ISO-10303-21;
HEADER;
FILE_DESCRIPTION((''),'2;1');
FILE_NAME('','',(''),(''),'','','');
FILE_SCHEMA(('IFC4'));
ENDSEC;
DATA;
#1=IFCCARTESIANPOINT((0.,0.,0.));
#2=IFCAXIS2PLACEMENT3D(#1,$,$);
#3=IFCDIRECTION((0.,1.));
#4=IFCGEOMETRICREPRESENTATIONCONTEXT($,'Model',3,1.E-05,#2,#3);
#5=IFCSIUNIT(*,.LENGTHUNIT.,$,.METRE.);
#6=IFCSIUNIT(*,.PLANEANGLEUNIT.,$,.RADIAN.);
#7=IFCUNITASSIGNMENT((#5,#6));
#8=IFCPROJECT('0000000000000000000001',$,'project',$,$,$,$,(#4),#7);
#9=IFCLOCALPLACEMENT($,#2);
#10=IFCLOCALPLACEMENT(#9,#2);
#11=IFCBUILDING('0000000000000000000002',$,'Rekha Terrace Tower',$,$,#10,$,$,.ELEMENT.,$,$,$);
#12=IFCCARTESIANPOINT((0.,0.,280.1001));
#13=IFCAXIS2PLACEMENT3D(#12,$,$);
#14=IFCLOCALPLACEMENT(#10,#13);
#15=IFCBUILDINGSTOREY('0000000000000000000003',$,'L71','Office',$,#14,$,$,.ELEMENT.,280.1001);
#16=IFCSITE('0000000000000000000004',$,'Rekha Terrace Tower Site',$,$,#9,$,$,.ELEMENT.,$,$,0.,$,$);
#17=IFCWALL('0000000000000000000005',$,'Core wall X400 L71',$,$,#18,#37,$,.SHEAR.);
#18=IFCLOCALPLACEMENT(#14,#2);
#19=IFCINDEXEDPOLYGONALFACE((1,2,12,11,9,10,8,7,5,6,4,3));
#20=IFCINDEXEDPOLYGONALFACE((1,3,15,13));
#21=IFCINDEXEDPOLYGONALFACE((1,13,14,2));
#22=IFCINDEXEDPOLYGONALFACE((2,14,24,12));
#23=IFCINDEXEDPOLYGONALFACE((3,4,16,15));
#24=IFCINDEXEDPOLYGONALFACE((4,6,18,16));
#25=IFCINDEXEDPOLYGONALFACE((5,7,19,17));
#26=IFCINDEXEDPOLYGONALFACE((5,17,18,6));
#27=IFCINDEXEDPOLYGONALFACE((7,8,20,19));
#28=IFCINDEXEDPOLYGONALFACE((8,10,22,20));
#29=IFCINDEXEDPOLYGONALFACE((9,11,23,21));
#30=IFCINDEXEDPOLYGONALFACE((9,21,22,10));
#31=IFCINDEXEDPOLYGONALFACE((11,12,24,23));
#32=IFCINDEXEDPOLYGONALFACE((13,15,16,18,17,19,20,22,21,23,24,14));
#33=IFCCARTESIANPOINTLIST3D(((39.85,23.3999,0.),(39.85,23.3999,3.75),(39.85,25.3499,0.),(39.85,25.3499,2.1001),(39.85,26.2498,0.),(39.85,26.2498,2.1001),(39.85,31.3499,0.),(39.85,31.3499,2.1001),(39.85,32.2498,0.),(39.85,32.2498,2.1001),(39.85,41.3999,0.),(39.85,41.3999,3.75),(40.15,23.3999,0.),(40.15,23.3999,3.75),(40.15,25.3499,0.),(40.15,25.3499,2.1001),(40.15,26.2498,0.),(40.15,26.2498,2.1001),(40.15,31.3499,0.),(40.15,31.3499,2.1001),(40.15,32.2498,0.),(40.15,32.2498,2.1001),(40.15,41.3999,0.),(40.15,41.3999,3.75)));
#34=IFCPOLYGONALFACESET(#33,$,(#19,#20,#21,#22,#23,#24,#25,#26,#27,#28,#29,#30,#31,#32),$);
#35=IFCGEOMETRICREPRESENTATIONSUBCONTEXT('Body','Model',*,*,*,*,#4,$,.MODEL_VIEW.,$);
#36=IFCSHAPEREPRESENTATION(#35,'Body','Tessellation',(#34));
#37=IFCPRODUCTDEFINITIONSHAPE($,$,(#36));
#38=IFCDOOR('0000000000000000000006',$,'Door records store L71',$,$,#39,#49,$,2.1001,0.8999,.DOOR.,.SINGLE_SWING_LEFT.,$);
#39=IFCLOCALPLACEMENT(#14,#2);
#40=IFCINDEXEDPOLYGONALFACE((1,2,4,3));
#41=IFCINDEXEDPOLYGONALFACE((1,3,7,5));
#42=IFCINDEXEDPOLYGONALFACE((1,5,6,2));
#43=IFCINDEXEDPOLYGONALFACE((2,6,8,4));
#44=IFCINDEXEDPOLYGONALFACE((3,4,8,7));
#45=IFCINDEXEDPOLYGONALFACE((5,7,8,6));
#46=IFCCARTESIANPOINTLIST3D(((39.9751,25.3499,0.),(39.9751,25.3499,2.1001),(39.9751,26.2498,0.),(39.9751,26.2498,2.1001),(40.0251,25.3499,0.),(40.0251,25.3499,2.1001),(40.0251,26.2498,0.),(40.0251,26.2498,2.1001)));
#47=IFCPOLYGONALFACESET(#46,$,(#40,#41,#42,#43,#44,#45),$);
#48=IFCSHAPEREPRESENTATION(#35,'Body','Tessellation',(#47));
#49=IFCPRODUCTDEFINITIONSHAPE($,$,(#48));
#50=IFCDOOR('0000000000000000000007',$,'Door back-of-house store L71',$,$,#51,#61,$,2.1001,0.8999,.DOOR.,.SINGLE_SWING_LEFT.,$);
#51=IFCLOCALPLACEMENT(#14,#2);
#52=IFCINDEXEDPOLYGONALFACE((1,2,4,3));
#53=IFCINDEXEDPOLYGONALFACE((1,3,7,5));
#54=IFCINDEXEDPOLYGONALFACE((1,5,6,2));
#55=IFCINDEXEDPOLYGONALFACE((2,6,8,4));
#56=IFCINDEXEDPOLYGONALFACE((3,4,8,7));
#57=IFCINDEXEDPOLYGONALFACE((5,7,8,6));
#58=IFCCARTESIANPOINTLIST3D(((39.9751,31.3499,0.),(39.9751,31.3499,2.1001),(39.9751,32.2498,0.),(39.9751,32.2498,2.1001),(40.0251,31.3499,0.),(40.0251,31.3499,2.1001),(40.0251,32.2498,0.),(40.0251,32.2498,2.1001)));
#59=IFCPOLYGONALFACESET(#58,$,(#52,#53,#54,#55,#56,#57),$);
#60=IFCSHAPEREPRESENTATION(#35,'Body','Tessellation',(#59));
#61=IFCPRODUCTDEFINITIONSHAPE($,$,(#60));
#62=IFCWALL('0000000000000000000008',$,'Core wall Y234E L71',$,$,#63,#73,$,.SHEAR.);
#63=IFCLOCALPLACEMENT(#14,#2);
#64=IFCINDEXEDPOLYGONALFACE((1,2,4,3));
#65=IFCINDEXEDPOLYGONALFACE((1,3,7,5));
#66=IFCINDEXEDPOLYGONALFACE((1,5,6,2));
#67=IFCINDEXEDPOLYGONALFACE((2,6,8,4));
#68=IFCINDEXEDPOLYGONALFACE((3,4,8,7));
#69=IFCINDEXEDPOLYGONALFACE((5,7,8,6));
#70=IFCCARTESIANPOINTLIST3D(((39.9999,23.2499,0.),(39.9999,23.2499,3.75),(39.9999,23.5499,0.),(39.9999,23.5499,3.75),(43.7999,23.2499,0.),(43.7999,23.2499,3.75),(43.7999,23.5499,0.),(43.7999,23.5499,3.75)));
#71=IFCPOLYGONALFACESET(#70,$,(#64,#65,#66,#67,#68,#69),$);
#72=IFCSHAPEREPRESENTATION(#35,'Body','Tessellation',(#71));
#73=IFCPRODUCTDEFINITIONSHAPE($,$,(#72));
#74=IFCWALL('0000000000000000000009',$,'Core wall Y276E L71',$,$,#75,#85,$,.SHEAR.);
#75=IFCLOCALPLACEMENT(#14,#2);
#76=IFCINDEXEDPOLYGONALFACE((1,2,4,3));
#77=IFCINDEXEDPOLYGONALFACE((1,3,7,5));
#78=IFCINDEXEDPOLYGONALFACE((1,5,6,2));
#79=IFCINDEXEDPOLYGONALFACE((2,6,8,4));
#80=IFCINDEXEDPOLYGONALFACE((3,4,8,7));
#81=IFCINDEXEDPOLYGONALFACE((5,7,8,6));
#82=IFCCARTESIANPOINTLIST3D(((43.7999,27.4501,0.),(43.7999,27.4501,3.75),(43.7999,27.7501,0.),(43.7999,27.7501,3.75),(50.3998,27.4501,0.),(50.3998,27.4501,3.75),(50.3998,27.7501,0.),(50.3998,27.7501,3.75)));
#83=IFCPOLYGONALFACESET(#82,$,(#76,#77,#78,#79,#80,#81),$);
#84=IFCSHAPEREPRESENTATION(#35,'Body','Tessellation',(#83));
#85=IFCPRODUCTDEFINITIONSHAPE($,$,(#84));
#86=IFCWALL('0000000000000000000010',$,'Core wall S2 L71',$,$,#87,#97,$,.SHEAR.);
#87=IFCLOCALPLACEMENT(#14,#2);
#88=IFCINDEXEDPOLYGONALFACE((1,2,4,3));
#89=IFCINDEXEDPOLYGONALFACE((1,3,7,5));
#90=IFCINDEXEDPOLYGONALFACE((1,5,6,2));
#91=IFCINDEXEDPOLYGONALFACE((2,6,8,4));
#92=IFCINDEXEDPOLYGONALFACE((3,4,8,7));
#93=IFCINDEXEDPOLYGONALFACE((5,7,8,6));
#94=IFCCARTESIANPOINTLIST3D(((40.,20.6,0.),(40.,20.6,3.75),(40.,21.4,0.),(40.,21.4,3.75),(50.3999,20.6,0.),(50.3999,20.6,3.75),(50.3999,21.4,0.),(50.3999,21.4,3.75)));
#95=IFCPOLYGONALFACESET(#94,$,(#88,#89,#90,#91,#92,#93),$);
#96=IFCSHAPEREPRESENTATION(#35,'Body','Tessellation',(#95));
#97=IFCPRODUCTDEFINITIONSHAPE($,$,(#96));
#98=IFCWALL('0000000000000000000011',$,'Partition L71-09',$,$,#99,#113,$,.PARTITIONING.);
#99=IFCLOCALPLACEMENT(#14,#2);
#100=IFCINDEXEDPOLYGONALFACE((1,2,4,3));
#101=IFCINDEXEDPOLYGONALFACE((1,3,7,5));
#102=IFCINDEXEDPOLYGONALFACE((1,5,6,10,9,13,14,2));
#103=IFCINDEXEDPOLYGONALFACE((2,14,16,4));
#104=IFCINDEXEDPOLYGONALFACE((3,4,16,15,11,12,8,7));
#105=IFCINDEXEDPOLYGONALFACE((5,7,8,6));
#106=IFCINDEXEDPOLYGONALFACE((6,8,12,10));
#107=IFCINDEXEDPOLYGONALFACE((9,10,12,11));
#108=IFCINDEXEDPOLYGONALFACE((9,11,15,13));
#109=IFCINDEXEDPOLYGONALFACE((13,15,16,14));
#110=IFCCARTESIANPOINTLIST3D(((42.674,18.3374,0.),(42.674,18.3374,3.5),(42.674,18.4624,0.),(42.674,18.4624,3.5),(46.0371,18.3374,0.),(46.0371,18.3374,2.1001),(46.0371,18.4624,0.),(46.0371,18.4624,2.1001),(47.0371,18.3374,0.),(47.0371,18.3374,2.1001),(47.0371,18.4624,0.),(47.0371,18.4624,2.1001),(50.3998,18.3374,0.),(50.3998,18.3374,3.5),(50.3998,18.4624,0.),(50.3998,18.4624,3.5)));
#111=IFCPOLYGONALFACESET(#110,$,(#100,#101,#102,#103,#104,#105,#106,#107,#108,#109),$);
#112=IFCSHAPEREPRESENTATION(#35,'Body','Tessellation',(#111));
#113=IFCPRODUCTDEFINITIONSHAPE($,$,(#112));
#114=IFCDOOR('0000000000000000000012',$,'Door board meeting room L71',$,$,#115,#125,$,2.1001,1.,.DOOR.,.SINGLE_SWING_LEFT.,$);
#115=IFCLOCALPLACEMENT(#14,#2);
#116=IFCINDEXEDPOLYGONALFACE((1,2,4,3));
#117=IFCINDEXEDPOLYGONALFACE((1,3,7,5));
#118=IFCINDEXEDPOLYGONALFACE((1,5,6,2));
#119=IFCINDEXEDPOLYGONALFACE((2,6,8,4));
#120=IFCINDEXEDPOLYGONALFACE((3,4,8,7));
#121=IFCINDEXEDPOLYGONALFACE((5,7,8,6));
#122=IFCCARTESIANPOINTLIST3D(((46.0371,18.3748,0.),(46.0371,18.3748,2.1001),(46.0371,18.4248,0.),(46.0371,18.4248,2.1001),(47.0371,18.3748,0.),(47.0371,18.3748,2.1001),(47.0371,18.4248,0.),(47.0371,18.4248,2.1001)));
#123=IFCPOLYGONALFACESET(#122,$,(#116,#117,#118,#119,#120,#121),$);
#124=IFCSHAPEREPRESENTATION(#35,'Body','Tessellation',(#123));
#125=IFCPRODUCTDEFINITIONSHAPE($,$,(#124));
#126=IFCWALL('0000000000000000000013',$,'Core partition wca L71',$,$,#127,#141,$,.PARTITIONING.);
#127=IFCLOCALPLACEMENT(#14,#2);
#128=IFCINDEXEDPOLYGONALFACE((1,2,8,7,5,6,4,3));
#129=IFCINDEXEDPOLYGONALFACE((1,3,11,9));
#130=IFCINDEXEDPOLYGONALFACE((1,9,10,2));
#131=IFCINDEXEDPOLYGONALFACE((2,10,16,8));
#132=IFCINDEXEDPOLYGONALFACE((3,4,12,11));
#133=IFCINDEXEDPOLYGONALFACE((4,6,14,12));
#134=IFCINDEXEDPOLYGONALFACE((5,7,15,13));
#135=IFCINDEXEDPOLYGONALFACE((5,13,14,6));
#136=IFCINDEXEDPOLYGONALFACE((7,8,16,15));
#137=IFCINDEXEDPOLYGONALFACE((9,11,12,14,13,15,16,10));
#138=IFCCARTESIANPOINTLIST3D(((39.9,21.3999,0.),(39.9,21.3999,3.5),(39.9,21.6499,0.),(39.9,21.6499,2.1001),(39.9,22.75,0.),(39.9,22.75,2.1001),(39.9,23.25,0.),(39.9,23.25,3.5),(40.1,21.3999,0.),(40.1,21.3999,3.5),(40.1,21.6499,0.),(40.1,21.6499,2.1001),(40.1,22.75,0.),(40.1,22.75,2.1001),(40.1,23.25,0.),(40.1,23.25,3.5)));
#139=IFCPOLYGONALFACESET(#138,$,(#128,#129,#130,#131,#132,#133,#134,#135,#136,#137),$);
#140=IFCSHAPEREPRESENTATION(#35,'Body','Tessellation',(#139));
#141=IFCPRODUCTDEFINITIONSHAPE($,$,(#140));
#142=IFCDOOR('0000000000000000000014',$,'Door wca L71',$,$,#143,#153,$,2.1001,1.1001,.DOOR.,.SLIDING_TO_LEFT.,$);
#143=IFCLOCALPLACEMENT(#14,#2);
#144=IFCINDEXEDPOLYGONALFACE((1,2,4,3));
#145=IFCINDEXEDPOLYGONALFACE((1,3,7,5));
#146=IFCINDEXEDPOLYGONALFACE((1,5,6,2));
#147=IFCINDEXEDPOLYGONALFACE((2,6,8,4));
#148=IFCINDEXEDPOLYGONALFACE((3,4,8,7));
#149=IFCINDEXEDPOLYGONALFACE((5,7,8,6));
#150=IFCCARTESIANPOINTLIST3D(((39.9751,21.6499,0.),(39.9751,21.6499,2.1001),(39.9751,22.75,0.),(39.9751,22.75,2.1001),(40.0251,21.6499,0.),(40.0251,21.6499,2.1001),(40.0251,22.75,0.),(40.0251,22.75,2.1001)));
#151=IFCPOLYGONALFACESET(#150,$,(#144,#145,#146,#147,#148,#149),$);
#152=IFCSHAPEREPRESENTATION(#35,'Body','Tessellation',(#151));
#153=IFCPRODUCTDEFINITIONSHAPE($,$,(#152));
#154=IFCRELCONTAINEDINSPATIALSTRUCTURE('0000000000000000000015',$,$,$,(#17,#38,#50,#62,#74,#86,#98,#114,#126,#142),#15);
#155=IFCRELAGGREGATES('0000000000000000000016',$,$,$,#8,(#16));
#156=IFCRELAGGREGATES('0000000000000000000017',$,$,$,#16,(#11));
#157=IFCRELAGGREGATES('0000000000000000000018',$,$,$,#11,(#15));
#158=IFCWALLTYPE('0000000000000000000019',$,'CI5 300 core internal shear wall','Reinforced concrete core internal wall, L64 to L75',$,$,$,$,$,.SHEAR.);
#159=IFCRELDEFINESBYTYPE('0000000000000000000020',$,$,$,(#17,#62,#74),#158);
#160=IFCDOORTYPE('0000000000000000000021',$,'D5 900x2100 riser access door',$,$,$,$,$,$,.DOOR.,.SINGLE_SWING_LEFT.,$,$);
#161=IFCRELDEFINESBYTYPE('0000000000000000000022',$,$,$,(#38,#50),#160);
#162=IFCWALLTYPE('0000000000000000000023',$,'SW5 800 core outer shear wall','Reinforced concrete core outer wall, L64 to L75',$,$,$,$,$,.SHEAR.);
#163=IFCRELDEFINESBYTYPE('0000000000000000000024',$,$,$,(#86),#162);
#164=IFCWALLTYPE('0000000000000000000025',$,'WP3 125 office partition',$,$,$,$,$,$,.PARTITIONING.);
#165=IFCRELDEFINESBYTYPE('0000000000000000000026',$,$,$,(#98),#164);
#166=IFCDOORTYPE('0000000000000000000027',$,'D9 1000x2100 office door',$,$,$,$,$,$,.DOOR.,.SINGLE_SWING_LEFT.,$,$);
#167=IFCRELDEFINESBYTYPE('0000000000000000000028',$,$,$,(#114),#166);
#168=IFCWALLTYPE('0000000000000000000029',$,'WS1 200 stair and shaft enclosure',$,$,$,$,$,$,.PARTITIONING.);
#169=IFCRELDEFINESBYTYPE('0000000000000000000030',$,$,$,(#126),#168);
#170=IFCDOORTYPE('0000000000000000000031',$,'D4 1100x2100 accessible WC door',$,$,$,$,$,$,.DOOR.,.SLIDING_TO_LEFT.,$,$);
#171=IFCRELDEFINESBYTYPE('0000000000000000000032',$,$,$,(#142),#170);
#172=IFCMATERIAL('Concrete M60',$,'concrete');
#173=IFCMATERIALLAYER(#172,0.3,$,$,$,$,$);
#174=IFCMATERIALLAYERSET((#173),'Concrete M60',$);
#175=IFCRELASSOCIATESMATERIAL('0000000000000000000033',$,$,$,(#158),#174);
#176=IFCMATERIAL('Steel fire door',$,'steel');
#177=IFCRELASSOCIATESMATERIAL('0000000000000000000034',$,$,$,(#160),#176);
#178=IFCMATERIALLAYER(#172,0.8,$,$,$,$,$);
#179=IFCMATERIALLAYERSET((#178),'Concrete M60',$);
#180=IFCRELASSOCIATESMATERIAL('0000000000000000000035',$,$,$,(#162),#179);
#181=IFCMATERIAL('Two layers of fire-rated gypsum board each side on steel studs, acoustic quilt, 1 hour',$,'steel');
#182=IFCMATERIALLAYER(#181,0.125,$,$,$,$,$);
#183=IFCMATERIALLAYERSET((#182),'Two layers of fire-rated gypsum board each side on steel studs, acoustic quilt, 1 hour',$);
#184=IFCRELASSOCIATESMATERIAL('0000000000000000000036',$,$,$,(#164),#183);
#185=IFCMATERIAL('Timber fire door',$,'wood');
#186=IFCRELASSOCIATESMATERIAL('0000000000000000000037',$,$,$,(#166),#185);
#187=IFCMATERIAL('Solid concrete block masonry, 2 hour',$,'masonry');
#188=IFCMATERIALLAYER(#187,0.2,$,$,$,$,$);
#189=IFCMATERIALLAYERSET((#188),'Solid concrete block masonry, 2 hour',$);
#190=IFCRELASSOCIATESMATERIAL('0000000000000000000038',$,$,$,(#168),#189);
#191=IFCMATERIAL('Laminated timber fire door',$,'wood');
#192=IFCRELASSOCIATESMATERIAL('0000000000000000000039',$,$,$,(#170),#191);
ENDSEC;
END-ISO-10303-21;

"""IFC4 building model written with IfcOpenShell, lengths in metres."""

from ifc_helpers import new_model, si_unit, direction, frame, frame_2d, origin, place, context, subcontext, project, spatial, rectangle, extrude, material, layer, layer_set, type_object, element, fill, save


model = new_model("IFC4")

# Units and contexts
model_context = context("Model", 3, precision=1e-05, world=origin(), true_north=direction((0.0, 1.0)))
body_context = subcontext(model_context, "Body", "Model", "MODEL_VIEW")
ifc_project = project(units=[si_unit("LENGTHUNIT", "METRE"), si_unit("PLANEANGLEUNIT", "RADIAN")], contexts=[model_context])

# Site, building, storey
site_placement = place(None, origin())
site = spatial("IfcSite", under=ifc_project, at=site_placement, Name="Rekha Terrace Tower Site", CompositionType="ELEMENT", RefElevation=0.0)
building_placement = place(site_placement, origin())
building = spatial("IfcBuilding", under=site, at=building_placement, Name="Rekha Terrace Tower", CompositionType="ELEMENT")
storey_placement = place(building_placement, frame((0.0, 0.0, 280.1001)))
storey = spatial("IfcBuildingStorey", under=building, at=storey_placement, Name="L71", Description="Office", CompositionType="ELEMENT", Elevation=280.1001)

# Shared definitions
ifc_material_1 = material(Name="Concrete M60", Category="concrete")

# Shared definitions
ifc_layer_1 = layer(ifc_material_1, 0.3)
ifc_layer_set_1 = layer_set([ifc_layer_1], Name="Concrete M60")
wall_type_1 = type_object("IfcWallType", Name="CI5 300 core internal shear wall", Description="Reinforced concrete core internal wall, L64 to L75", PredefinedType="SHEAR", material=ifc_layer_set_1)

# Wall, openings, doors
wall_1_placement = place(storey_placement, frame((40.0, 23.3999, 0.0), z_axis=(0.0, 0.0, 1.0), x_axis=(0.0, 1.0, 0.0)))
wall_1 = element("IfcWall", 1, at=wall_1_placement, inside=storey, type_object=wall_type_1, Name="Core wall X400 L71", PredefinedType="SHEAR", context=body_context, shape_type="SweptSolid", body=[
    extrude(rectangle(XDim=18.0, YDim=0.3, at=frame_2d((9.0, 0.0))), origin(), (0.0, 0.0, 1.0), 3.75),
])
opening_1_placement = place(wall_1_placement, frame((1.95, 0.0, 0.0)))
opening_1 = element("IfcOpeningElement", 2, at=opening_1_placement, cuts=wall_1, PredefinedType="OPENING", context=body_context, shape_type="SweptSolid", body=[
    extrude(rectangle(XDim=0.8999, YDim=2.1001, at=frame_2d((0.45, 1.05))), frame((0.0, 0.1599, 0.0), z_axis=(0.0, -1.0, 0.0), x_axis=(1.0, 0.0, 0.0)), (0.0, 0.0, 1.0), 0.3201),
])
opening_2_placement = place(wall_1_placement, frame((7.95, 0.0, 0.0)))
opening_2 = element("IfcOpeningElement", 3, at=opening_2_placement, cuts=wall_1, PredefinedType="OPENING", context=body_context, shape_type="SweptSolid", body=[
    extrude(rectangle(XDim=0.8999, YDim=2.1001, at=frame_2d((0.45, 1.05))), frame((0.0, 0.1599, 0.0), z_axis=(0.0, -1.0, 0.0), x_axis=(1.0, 0.0, 0.0)), (0.0, 0.0, 1.0), 0.3201),
])
ifc_material_2 = material(Name="Steel fire door", Category="steel")
door_type_1 = type_object("IfcDoorType", Name="D5 900x2100 riser access door", OperationType="SINGLE_SWING_LEFT", PredefinedType="DOOR", material=ifc_material_2)
door_1_placement = place(opening_1_placement, origin())
door_1 = element("IfcDoor", 4, at=door_1_placement, inside=storey, type_object=door_type_1, Name="Door records store L71", OperationType="SINGLE_SWING_LEFT", OverallHeight=2.1001, OverallWidth=0.8999, PredefinedType="DOOR", context=body_context, shape_type="SweptSolid", body=[
    extrude(rectangle(XDim=0.8999, YDim=2.1001, at=frame_2d((0.45, 1.05))), frame((0.0, 0.0249, 0.0), z_axis=(0.0, -1.0, 0.0), x_axis=(1.0, 0.0, 0.0)), (0.0, 0.0, 1.0), 0.05),
])
fill(opening_1, door_1)
door_2_placement = place(opening_2_placement, origin())
door_2 = element("IfcDoor", 5, at=door_2_placement, inside=storey, type_object=door_type_1, Name="Door back-of-house store L71", OperationType="SINGLE_SWING_LEFT", OverallHeight=2.1001, OverallWidth=0.8999, PredefinedType="DOOR", context=body_context, shape_type="SweptSolid", body=[
    extrude(rectangle(XDim=0.8999, YDim=2.1001, at=frame_2d((0.45, 1.05))), frame((0.0, 0.0249, 0.0), z_axis=(0.0, -1.0, 0.0), x_axis=(1.0, 0.0, 0.0)), (0.0, 0.0, 1.0), 0.05),
])
fill(opening_2, door_2)

# Walls
wall_2_placement = place(storey_placement, frame((40.0, 23.3999, 0.0), z_axis=(0.0, 0.0, 1.0), x_axis=(1.0, 0.0, 0.0)))
element("IfcWall", 6, at=wall_2_placement, inside=storey, type_object=wall_type_1, Name="Core wall Y234E L71", PredefinedType="SHEAR", context=body_context, shape_type="SweptSolid", body=[
    extrude(rectangle(XDim=3.8, YDim=0.3, at=frame_2d((1.8999, 0.0))), origin(), (0.0, 0.0, 1.0), 3.75),
])
wall_3_placement = place(storey_placement, frame((43.8, 27.6001, 0.0), z_axis=(0.0, 0.0, 1.0), x_axis=(1.0, 0.0, 0.0)))
element("IfcWall", 7, at=wall_3_placement, inside=storey, type_object=wall_type_1, Name="Core wall Y276E L71", PredefinedType="SHEAR", context=body_context, shape_type="SweptSolid", body=[
    extrude(rectangle(XDim=6.5999, YDim=0.3, at=frame_2d((3.2998, 0.0))), origin(), (0.0, 0.0, 1.0), 3.75),
])
ifc_layer_2 = layer(ifc_material_1, 0.8)
ifc_layer_set_2 = layer_set([ifc_layer_2], Name="Concrete M60")
wall_type_2 = type_object("IfcWallType", Name="SW5 800 core outer shear wall", Description="Reinforced concrete core outer wall, L64 to L75", PredefinedType="SHEAR", material=ifc_layer_set_2)
wall_4_placement = place(storey_placement, frame((40.0, 21.0, 0.0), z_axis=(0.0, 0.0, 1.0), x_axis=(1.0, 0.0, 0.0)))
element("IfcWall", 8, at=wall_4_placement, inside=storey, type_object=wall_type_2, Name="Core wall S2 L71", PredefinedType="SHEAR", context=body_context, shape_type="SweptSolid", body=[
    extrude(rectangle(XDim=10.3999, YDim=0.8, at=frame_2d((5.2, 0.0))), origin(), (0.0, 0.0, 1.0), 3.75),
])

# Walls, openings, doors
ifc_material_3 = material(Name="Two layers of fire-rated gypsum board each side on steel studs, acoustic quilt, 1 hour", Category="steel")
ifc_layer_3 = layer(ifc_material_3, 0.125)
ifc_layer_set_3 = layer_set([ifc_layer_3], Name="Two layers of fire-rated gypsum board each side on steel studs, acoustic quilt, 1 hour")
wall_type_3 = type_object("IfcWallType", Name="WP3 125 office partition", PredefinedType="PARTITIONING", material=ifc_layer_set_3)
wall_5_placement = place(storey_placement, frame((42.6741, 18.3999, 0.0), z_axis=(0.0, 0.0, 1.0), x_axis=(1.0, 0.0, 0.0)))
wall_5 = element("IfcWall", 9, at=wall_5_placement, inside=storey, type_object=wall_type_3, Name="Partition L71-09", PredefinedType="PARTITIONING", context=body_context, shape_type="SweptSolid", body=[
    extrude(rectangle(XDim=7.7258, YDim=0.125, at=frame_2d((3.8628, 0.0))), origin(), (0.0, 0.0, 1.0), 3.5),
])
opening_3_placement = place(wall_5_placement, frame((3.363, 0.0, 0.0)))
opening_3 = element("IfcOpeningElement", 10, at=opening_3_placement, cuts=wall_5, PredefinedType="OPENING", context=body_context, shape_type="SweptSolid", body=[
    extrude(rectangle(XDim=1.0, YDim=2.1001, at=frame_2d((0.5, 1.05))), frame((0.0, 0.0725, 0.0), z_axis=(0.0, -1.0, 0.0), x_axis=(1.0, 0.0, 0.0)), (0.0, 0.0, 1.0), 0.145),
])
ifc_material_4 = material(Name="Timber fire door", Category="wood")
door_type_2 = type_object("IfcDoorType", Name="D9 1000x2100 office door", OperationType="SINGLE_SWING_LEFT", PredefinedType="DOOR", material=ifc_material_4)
door_3_placement = place(opening_3_placement, origin())
door_3 = element("IfcDoor", 11, at=door_3_placement, inside=storey, type_object=door_type_2, Name="Door board meeting room L71", OperationType="SINGLE_SWING_LEFT", OverallHeight=2.1001, OverallWidth=1.0, PredefinedType="DOOR", context=body_context, shape_type="SweptSolid", body=[
    extrude(rectangle(XDim=1.0, YDim=2.1001, at=frame_2d((0.5, 1.05))), frame((0.0, 0.0249, 0.0), z_axis=(0.0, -1.0, 0.0), x_axis=(1.0, 0.0, 0.0)), (0.0, 0.0, 1.0), 0.05),
])
fill(opening_3, door_3)
ifc_material_5 = material(Name="Solid concrete block masonry, 2 hour", Category="masonry")
ifc_layer_4 = layer(ifc_material_5, 0.2)
ifc_layer_set_4 = layer_set([ifc_layer_4], Name="Solid concrete block masonry, 2 hour")
wall_type_4 = type_object("IfcWallType", Name="WS1 200 stair and shaft enclosure", PredefinedType="PARTITIONING", material=ifc_layer_set_4)
wall_6_placement = place(storey_placement, frame((40.0, 21.3999, 0.0), z_axis=(0.0, 0.0, 1.0), x_axis=(0.0, 1.0, 0.0)))
wall_6 = element("IfcWall", 12, at=wall_6_placement, inside=storey, type_object=wall_type_4, Name="Core partition wca L71", PredefinedType="PARTITIONING", context=body_context, shape_type="SweptSolid", body=[
    extrude(rectangle(XDim=1.8501, YDim=0.2, at=frame_2d((0.925, 0.0))), origin(), (0.0, 0.0, 1.0), 3.5),
])
opening_4_placement = place(wall_6_placement, frame((0.25, 0.0, 0.0)))
opening_4 = element("IfcOpeningElement", 13, at=opening_4_placement, cuts=wall_6, PredefinedType="OPENING", context=body_context, shape_type="SweptSolid", body=[
    extrude(rectangle(XDim=1.1001, YDim=2.1001, at=frame_2d((0.55, 1.05))), frame((0.0, 0.1099, 0.0), z_axis=(0.0, -1.0, 0.0), x_axis=(1.0, 0.0, 0.0)), (0.0, 0.0, 1.0), 0.22),
])
ifc_material_6 = material(Name="Laminated timber fire door", Category="wood")
door_type_3 = type_object("IfcDoorType", Name="D4 1100x2100 accessible WC door", OperationType="SLIDING_TO_LEFT", PredefinedType="DOOR", material=ifc_material_6)
door_4_placement = place(opening_4_placement, origin())
door_4 = element("IfcDoor", 14, at=door_4_placement, inside=storey, type_object=door_type_3, Name="Door wca L71", OperationType="SLIDING_TO_LEFT", OverallHeight=2.1001, OverallWidth=1.1001, PredefinedType="DOOR", context=body_context, shape_type="SweptSolid", body=[
    extrude(rectangle(XDim=1.1001, YDim=2.1001, at=frame_2d((0.55, 1.05))), frame((0.0, 0.0249, 0.0), z_axis=(0.0, -1.0, 0.0), x_axis=(1.0, 0.0, 0.0)), (0.0, 0.0, 1.0), 0.05),
])
fill(opening_4, door_4)

save(model, "model.ifc")
